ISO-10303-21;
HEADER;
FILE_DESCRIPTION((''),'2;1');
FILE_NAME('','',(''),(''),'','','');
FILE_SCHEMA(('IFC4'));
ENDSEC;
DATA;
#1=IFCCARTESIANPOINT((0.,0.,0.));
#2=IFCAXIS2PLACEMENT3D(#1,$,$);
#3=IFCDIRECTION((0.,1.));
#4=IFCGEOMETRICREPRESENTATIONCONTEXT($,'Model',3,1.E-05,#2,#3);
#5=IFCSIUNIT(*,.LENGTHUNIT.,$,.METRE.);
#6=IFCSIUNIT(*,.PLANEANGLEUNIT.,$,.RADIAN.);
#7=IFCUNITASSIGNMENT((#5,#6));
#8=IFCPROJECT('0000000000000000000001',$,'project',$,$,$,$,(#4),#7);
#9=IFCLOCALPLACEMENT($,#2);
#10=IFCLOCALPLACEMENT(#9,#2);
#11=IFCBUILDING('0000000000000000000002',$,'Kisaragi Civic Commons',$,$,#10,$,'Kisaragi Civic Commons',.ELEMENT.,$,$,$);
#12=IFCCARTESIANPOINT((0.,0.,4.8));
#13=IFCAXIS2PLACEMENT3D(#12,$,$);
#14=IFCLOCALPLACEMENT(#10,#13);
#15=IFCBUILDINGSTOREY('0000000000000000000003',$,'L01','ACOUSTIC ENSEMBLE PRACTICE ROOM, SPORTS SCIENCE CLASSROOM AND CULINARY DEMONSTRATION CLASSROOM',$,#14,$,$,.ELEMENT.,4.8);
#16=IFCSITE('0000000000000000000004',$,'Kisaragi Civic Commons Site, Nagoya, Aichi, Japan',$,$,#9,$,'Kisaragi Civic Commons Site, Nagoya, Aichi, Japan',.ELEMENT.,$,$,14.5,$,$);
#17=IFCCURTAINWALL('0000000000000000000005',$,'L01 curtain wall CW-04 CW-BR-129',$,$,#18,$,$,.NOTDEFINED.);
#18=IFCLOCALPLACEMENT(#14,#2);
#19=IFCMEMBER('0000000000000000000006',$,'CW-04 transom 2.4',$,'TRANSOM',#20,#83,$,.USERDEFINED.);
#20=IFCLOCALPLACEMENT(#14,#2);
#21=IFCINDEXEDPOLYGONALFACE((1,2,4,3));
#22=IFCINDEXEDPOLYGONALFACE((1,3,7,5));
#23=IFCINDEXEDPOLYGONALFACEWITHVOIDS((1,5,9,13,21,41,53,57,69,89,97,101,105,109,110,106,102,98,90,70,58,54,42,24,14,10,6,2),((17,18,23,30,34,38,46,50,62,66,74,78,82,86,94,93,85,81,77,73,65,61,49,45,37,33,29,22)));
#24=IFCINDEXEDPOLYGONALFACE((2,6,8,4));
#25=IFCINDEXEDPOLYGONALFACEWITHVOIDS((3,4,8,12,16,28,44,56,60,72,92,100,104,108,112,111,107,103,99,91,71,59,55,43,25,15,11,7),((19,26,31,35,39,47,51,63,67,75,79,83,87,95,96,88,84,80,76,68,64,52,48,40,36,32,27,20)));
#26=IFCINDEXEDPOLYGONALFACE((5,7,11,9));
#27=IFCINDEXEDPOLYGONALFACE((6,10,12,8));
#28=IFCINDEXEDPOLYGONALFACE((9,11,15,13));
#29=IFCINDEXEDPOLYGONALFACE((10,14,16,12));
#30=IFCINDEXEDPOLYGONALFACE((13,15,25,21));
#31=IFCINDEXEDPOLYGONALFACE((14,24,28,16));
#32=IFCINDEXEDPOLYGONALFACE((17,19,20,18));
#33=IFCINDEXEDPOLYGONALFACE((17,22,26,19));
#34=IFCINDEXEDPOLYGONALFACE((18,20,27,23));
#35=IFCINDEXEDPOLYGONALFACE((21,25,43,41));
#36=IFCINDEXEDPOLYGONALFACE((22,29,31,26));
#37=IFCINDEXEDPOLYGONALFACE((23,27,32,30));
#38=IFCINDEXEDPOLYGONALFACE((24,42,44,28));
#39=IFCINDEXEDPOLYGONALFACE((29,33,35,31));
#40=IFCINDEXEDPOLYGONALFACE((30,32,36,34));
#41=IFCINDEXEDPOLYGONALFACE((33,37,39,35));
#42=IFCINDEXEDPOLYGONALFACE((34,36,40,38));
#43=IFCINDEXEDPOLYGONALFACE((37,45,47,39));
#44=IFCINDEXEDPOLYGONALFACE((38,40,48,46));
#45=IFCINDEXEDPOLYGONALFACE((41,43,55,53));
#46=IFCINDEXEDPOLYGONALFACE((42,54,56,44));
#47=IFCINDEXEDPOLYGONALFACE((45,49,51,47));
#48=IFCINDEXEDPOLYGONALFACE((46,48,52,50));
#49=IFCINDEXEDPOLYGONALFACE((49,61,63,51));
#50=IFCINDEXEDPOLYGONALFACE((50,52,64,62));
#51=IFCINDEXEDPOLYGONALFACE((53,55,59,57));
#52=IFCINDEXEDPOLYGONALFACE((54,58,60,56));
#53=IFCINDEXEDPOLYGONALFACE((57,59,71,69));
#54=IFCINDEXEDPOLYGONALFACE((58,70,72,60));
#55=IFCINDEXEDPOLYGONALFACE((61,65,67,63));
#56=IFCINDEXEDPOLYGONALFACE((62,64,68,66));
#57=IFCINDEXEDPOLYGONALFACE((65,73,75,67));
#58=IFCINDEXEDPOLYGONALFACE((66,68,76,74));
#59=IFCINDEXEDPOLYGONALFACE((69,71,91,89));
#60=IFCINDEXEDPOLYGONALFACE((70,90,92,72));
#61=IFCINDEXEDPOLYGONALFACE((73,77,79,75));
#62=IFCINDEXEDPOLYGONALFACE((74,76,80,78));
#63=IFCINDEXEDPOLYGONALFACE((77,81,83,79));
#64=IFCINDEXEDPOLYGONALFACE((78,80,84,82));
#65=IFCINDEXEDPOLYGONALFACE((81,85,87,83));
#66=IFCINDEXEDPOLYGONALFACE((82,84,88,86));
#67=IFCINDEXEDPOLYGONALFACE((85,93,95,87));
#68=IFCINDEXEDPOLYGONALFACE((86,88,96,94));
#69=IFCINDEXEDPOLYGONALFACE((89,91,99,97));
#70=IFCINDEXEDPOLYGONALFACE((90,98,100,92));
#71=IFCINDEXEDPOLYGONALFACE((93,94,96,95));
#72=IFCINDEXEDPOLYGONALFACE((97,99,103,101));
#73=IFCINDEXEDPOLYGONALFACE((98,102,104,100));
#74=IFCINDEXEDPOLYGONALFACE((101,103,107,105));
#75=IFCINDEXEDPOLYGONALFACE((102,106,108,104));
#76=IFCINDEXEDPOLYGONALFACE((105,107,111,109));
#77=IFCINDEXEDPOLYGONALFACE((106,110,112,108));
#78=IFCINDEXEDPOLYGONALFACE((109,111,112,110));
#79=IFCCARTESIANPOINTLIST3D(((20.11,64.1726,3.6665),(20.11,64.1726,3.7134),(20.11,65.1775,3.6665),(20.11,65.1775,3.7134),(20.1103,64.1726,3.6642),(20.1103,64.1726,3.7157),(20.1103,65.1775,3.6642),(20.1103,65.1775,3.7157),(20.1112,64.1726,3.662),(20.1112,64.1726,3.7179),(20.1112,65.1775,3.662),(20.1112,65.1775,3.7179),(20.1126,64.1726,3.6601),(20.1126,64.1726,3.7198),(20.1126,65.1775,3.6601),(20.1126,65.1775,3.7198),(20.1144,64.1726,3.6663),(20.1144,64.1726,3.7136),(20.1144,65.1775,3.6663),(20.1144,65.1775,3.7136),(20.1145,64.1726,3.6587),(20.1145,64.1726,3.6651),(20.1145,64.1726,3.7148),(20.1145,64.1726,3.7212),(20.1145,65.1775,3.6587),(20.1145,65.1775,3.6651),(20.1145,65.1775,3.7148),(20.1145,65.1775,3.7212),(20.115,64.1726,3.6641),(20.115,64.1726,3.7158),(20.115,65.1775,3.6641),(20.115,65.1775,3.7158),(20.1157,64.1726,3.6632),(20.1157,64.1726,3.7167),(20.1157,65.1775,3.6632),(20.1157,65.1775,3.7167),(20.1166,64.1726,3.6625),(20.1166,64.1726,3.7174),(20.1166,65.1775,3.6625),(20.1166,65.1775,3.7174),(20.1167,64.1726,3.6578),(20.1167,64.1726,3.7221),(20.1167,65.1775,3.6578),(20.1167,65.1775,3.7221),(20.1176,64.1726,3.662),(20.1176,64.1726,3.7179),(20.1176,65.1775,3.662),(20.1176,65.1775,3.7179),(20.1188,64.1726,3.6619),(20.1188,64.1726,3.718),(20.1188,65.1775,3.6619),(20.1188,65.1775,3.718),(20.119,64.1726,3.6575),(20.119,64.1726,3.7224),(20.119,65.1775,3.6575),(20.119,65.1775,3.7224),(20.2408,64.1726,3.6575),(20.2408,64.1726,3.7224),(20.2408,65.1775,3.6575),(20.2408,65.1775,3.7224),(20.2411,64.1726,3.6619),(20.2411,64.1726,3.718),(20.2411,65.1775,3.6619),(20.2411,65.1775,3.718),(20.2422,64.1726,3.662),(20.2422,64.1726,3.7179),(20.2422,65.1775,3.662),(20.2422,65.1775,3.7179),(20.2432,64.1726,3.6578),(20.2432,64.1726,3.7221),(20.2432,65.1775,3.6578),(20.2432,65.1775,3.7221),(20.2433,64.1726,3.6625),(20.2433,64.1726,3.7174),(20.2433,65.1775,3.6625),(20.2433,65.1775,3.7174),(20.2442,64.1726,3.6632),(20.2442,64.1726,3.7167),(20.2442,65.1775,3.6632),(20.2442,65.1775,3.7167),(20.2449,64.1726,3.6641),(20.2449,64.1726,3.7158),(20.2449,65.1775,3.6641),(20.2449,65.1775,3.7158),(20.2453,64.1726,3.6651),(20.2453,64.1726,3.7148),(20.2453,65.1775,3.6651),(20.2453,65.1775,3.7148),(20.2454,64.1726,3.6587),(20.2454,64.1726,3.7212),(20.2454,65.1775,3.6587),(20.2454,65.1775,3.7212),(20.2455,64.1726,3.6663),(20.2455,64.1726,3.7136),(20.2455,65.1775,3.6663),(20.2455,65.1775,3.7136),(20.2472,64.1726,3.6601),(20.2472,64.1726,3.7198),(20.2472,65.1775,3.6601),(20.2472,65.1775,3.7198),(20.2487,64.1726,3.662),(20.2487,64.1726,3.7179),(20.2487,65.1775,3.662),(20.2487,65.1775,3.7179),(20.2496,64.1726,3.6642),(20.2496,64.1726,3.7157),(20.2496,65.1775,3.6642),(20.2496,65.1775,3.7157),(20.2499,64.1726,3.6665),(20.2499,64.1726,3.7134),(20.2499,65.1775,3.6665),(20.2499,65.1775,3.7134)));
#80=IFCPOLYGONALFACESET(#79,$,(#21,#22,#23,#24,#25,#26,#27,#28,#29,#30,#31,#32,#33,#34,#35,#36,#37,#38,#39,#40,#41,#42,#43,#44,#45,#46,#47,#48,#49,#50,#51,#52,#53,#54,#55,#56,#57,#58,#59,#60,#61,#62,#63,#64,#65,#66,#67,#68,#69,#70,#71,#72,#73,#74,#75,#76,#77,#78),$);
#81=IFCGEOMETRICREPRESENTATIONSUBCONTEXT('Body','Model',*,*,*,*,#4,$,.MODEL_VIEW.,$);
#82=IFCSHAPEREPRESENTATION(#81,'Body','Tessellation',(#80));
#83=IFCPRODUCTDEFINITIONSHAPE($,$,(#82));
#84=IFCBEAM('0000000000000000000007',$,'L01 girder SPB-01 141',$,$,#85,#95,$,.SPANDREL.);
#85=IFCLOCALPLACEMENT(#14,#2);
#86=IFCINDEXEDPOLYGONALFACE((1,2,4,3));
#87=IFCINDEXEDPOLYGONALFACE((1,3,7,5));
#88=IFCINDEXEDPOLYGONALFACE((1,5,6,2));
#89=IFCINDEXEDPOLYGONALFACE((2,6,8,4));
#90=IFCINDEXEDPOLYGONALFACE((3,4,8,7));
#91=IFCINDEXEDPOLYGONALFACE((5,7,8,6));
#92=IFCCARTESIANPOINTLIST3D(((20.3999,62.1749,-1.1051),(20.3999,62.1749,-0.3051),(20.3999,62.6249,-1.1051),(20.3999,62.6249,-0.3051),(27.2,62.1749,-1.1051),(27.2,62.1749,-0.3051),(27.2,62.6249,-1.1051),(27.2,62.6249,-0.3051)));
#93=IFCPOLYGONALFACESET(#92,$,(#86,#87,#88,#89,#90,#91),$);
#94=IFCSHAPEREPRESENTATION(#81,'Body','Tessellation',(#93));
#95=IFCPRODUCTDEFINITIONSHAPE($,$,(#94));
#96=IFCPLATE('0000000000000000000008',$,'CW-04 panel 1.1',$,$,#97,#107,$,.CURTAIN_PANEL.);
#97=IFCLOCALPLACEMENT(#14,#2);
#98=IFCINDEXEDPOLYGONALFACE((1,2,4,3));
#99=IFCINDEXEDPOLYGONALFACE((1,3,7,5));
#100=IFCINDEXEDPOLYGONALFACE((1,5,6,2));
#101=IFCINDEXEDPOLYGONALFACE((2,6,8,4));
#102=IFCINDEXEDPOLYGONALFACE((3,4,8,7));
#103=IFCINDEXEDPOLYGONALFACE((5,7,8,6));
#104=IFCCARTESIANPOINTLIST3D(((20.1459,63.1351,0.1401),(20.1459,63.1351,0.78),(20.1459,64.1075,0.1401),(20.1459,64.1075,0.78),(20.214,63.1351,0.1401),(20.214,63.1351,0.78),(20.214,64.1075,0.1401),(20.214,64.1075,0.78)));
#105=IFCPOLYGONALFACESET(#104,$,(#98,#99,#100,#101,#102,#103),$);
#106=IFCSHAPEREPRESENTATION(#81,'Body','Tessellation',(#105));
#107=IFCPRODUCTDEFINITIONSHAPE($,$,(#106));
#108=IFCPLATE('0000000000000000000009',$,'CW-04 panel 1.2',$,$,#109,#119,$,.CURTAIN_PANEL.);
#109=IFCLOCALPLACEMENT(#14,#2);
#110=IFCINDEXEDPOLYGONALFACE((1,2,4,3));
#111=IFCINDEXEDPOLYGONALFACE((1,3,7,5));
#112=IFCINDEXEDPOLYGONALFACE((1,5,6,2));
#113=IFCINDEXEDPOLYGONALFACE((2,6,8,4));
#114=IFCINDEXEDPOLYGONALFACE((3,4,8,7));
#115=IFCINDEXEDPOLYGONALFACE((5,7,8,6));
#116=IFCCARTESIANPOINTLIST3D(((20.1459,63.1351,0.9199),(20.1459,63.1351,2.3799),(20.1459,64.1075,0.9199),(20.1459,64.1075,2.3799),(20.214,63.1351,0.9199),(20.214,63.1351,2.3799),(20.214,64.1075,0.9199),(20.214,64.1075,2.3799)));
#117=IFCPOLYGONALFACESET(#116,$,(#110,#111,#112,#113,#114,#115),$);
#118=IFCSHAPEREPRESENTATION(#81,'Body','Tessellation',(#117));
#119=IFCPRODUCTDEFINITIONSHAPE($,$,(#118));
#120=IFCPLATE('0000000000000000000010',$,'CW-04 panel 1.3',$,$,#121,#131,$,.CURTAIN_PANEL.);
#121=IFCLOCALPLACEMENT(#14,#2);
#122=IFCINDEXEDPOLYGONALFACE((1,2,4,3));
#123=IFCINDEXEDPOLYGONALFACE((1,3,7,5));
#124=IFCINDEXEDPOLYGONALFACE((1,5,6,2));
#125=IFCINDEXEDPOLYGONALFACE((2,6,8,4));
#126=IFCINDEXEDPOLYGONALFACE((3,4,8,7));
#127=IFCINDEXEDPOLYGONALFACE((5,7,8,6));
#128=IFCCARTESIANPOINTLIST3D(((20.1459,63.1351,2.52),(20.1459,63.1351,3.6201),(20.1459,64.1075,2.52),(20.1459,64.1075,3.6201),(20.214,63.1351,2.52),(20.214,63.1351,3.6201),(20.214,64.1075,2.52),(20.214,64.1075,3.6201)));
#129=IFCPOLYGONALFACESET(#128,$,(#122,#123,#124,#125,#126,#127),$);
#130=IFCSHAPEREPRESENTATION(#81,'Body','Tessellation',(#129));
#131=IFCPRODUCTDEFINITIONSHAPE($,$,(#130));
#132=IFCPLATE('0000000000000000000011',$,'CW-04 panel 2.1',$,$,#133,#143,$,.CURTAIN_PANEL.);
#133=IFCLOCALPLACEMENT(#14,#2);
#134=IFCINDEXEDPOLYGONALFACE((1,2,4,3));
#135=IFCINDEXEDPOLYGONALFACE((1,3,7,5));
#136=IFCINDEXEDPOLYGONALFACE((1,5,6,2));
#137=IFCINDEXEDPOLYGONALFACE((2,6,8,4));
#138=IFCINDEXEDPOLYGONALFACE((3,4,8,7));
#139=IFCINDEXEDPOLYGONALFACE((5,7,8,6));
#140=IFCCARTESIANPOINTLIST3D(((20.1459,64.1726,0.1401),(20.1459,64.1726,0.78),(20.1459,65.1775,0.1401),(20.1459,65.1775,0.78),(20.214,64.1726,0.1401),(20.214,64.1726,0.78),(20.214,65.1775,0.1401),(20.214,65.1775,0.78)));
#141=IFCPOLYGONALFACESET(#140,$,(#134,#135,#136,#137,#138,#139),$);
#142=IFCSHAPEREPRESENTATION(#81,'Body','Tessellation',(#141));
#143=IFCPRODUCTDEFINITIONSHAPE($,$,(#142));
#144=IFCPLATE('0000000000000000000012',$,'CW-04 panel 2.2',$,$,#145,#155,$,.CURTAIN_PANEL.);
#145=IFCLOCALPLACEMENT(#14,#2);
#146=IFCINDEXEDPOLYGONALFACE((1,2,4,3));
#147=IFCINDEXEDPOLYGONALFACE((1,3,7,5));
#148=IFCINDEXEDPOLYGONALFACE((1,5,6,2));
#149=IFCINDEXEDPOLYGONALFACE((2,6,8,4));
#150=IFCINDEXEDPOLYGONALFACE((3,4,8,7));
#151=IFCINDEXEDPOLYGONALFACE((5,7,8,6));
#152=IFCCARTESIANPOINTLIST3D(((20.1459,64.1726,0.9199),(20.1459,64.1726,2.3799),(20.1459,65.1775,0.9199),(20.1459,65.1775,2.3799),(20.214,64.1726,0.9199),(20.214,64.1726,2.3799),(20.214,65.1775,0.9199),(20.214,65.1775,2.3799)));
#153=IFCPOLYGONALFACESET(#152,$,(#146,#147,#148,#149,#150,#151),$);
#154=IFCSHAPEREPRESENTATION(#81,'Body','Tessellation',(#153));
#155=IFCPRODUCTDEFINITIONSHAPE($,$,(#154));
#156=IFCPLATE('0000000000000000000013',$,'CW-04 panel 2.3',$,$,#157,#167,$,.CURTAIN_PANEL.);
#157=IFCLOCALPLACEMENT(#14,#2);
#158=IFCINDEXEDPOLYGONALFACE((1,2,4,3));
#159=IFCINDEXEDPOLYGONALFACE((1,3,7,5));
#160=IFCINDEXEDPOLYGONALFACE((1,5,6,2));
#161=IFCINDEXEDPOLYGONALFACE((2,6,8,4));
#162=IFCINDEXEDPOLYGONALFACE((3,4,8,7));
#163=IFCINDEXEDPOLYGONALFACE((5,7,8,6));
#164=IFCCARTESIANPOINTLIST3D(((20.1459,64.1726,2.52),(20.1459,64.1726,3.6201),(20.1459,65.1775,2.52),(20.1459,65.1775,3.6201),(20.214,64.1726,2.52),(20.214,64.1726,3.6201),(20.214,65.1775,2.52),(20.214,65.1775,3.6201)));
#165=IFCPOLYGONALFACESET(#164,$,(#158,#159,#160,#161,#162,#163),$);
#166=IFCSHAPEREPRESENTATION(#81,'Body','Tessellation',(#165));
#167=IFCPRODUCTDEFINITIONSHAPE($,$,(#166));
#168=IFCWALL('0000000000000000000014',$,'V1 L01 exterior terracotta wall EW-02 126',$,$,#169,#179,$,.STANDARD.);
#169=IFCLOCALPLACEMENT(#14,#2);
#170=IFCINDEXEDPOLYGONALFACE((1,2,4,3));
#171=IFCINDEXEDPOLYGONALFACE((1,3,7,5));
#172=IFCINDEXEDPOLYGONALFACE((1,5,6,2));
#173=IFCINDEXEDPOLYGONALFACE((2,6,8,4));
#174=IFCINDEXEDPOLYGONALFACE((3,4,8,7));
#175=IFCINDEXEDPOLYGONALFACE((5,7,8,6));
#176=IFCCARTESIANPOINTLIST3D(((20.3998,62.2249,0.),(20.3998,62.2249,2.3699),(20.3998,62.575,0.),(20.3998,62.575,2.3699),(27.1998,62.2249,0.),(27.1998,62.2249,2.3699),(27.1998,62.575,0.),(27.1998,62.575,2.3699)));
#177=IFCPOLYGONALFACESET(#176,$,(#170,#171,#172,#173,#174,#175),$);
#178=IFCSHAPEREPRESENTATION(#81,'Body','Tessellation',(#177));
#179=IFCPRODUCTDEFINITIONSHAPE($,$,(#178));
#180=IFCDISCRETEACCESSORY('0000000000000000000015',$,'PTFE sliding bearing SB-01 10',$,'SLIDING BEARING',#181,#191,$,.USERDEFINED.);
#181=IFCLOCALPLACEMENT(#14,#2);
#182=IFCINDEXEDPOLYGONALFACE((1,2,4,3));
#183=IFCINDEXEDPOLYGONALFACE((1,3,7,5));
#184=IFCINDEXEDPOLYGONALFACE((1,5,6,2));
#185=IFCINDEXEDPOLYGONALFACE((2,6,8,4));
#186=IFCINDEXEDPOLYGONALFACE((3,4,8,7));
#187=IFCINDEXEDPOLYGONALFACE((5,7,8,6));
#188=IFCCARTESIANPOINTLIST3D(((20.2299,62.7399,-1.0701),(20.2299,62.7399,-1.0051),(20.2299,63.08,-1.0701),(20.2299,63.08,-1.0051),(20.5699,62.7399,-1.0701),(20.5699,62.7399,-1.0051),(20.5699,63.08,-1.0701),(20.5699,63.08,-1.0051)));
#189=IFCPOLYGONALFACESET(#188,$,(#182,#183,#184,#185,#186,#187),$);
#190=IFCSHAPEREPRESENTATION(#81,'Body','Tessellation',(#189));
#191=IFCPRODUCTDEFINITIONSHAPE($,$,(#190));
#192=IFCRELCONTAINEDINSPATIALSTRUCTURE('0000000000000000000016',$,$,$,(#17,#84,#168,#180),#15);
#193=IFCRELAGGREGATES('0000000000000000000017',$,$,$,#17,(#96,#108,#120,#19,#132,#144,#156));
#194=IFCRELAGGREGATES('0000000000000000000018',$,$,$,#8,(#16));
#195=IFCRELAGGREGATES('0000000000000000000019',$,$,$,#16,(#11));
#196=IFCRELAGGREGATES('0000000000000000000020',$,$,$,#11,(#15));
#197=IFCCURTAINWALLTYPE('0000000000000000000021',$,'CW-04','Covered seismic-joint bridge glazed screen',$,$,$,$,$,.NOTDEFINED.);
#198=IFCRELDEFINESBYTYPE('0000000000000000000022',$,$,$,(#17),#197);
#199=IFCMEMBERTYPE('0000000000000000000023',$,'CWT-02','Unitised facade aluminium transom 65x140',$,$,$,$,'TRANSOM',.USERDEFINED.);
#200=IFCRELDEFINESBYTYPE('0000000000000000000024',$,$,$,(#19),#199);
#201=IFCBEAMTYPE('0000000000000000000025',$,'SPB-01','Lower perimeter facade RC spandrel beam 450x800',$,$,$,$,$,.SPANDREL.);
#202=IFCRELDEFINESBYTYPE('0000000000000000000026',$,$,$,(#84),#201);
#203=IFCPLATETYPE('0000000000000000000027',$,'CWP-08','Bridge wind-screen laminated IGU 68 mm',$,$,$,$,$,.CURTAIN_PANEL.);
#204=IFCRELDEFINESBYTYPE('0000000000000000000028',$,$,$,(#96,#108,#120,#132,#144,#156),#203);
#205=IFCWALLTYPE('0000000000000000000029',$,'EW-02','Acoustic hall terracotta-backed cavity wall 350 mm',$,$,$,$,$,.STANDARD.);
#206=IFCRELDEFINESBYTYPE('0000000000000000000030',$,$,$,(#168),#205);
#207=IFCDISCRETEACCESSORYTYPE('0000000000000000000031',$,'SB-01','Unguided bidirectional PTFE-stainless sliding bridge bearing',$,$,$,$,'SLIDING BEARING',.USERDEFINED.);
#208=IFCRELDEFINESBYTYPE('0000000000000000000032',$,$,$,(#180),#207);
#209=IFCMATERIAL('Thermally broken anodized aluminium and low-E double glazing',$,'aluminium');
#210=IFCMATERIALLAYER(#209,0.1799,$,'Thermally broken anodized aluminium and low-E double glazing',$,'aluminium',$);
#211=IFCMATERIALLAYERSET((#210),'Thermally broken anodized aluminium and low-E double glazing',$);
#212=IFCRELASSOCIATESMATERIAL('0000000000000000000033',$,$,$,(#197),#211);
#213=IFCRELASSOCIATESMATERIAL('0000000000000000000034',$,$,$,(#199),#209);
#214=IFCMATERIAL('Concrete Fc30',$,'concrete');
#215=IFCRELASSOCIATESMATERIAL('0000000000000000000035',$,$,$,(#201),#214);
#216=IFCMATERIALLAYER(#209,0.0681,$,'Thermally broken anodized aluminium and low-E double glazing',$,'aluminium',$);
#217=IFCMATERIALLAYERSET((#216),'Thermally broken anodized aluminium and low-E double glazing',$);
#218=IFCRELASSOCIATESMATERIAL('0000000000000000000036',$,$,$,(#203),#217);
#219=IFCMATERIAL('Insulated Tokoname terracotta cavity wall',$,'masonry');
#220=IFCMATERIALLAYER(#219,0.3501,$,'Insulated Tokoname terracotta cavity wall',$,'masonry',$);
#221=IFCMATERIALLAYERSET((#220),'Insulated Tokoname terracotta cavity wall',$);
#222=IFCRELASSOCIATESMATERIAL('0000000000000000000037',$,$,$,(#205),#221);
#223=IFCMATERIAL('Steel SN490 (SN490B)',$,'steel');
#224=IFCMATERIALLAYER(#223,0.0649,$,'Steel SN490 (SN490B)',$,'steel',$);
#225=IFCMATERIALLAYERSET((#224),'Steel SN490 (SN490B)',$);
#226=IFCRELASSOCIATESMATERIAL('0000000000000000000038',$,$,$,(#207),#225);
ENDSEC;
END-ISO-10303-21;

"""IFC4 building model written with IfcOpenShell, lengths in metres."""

from ifc_helpers import new_model, si_unit, direction, frame, frame_2d, origin, origin_2d, place, context, subcontext, project, spatial, rectangle, hollow_rectangle, extrude, material, layer, layer_set, material_profile, profile_set, type_object, element, aggregate, save


model = new_model("IFC4")

# Units and contexts
model_context = context("Model", 3, precision=1e-05, world=origin(), true_north=direction((0.0, 1.0)))
body_context = subcontext(model_context, "Body", "Model", "MODEL_VIEW")
ifc_project = project(units=[si_unit("LENGTHUNIT", "METRE"), si_unit("PLANEANGLEUNIT", "RADIAN")], contexts=[model_context])

# Site, building, storey
site_placement = place(None, origin())
site = spatial("IfcSite", under=ifc_project, at=site_placement, Name="Kisaragi Civic Commons Site, Nagoya, Aichi, Japan", LongName="Kisaragi Civic Commons Site, Nagoya, Aichi, Japan", CompositionType="ELEMENT", RefElevation=14.5)
building_placement = place(site_placement, origin())
building = spatial("IfcBuilding", under=site, at=building_placement, Name="Kisaragi Civic Commons", LongName="Kisaragi Civic Commons", CompositionType="ELEMENT")
storey_placement = place(building_placement, frame((0.0, 0.0, 4.8)))
storey = spatial("IfcBuildingStorey", under=building, at=storey_placement, Name="L01", Description="ACOUSTIC ENSEMBLE PRACTICE ROOM, SPORTS SCIENCE CLASSROOM AND CULINARY DEMONSTRATION CLASSROOM", CompositionType="ELEMENT", Elevation=4.8)

# Curtain wall, member
ifc_material_1 = material(Name="Thermally broken anodized aluminium and low-E double glazing", Category="aluminium")
ifc_layer_1 = layer(ifc_material_1, 0.1799, Name="Thermally broken anodized aluminium and low-E double glazing", Category="aluminium")
ifc_layer_set_1 = layer_set([ifc_layer_1], Name="Thermally broken anodized aluminium and low-E double glazing")
curtain_wall_type = type_object("IfcCurtainWallType", Name="CW-04", Description="Covered seismic-joint bridge glazed screen", PredefinedType="NOTDEFINED", material=ifc_layer_set_1)
curtain_wall_placement = place(storey_placement, origin())
curtain_wall = element("IfcCurtainWall", 1, at=curtain_wall_placement, inside=storey, type_object=curtain_wall_type, Name="L01 curtain wall CW-04 CW-BR-129", PredefinedType="NOTDEFINED")
ifc_material_profile_1 = material_profile(ifc_material_1, hollow_rectangle(XDim=0.1399, YDim=0.0649, WallThickness=0.0044, InnerFilletRadius=0.0044, OuterFilletRadius=0.009, at=origin_2d()), Name="CWT-65x140x4.5", Category="aluminium")
ifc_profile_set_1 = profile_set([ifc_material_profile_1], Name="Thermally broken anodized aluminium and low-E double glazing")
member_type_1 = type_object("IfcMemberType", Name="CWT-02", Description="Unitised facade aluminium transom 65x140", ElementType="TRANSOM", PredefinedType="USERDEFINED", material=ifc_profile_set_1)
member_1_placement = place(storey_placement, frame((20.1799, 64.1726, 3.6899), z_axis=(0.0, 1.0, 0.0), x_axis=(-1.0, 0.0, 0.0)))
member_1 = element("IfcMember", 2, at=member_1_placement, type_object=member_type_1, Name="CW-04 transom 2.4", ObjectType="TRANSOM", PredefinedType="USERDEFINED", context=body_context, shape_type="SweptSolid", body=[
    extrude(hollow_rectangle(XDim=0.1399, YDim=0.0649, WallThickness=0.0044, InnerFilletRadius=0.0044, OuterFilletRadius=0.009, at=origin_2d()), origin(), (0.0, 0.0, 1.0), 1.0049),
])

# Beam
ifc_material_2 = material(Name="Concrete Fc30", Category="concrete")
ifc_material_profile_2 = material_profile(ifc_material_2, rectangle(XDim=0.45, YDim=0.8, at=origin_2d()), Name="RC-450x800", Category="concrete")
ifc_profile_set_2 = profile_set([ifc_material_profile_2], Name="Concrete Fc30")
beam_type_1 = type_object("IfcBeamType", Name="SPB-01", Description="Lower perimeter facade RC spandrel beam 450x800", PredefinedType="SPANDREL", material=ifc_profile_set_2)
beam_1_placement = place(storey_placement, frame((20.3999, 62.3999, -0.7051), z_axis=(1.0, 0.0, 0.0), x_axis=(0.0, 1.0, 0.0)))
element("IfcBeam", 3, at=beam_1_placement, inside=storey, type_object=beam_type_1, Name="L01 girder SPB-01 141", PredefinedType="SPANDREL", context=body_context, shape_type="SweptSolid", body=[
    extrude(rectangle(XDim=0.45, YDim=0.8, at=origin_2d()), origin(), (0.0, 0.0, 1.0), 6.8),
])

# Plates
ifc_layer_2 = layer(ifc_material_1, 0.0681, Name="Thermally broken anodized aluminium and low-E double glazing", Category="aluminium")
ifc_layer_set_2 = layer_set([ifc_layer_2], Name="Thermally broken anodized aluminium and low-E double glazing")
plate_type = type_object("IfcPlateType", Name="CWP-08", Description="Bridge wind-screen laminated IGU 68 mm", PredefinedType="CURTAIN_PANEL", material=ifc_layer_set_2)
plate_1_placement = place(storey_placement, frame((20.1799, 63.6213, 0.1401), z_axis=(0.0, 0.0, 1.0), x_axis=(0.0, 1.0, 0.0)))
plate_1 = element("IfcPlate", 4, at=plate_1_placement, type_object=plate_type, Name="CW-04 panel 1.1", PredefinedType="CURTAIN_PANEL", context=body_context, shape_type="SweptSolid", body=[
    extrude(rectangle(XDim=0.9724, YDim=0.0681, at=origin_2d()), origin(), (0.0, 0.0, 1.0), 0.6399),
])
plate_2_placement = place(storey_placement, frame((20.1799, 63.6213, 0.9199), z_axis=(0.0, 0.0, 1.0), x_axis=(0.0, 1.0, 0.0)))
plate_2 = element("IfcPlate", 5, at=plate_2_placement, type_object=plate_type, Name="CW-04 panel 1.2", PredefinedType="CURTAIN_PANEL", context=body_context, shape_type="SweptSolid", body=[
    extrude(rectangle(XDim=0.9724, YDim=0.0681, at=origin_2d()), origin(), (0.0, 0.0, 1.0), 1.46),
])
plate_3_placement = place(storey_placement, frame((20.1799, 63.6213, 2.52), z_axis=(0.0, 0.0, 1.0), x_axis=(0.0, 1.0, 0.0)))
plate_3 = element("IfcPlate", 6, at=plate_3_placement, type_object=plate_type, Name="CW-04 panel 1.3", PredefinedType="CURTAIN_PANEL", context=body_context, shape_type="SweptSolid", body=[
    extrude(rectangle(XDim=0.9724, YDim=0.0681, at=origin_2d()), origin(), (0.0, 0.0, 1.0), 1.1001),
])
plate_4_placement = place(storey_placement, frame((20.1799, 64.675, 0.1401), z_axis=(0.0, 0.0, 1.0), x_axis=(0.0, 1.0, 0.0)))
plate_4 = element("IfcPlate", 7, at=plate_4_placement, type_object=plate_type, Name="CW-04 panel 2.1", PredefinedType="CURTAIN_PANEL", context=body_context, shape_type="SweptSolid", body=[
    extrude(rectangle(XDim=1.0049, YDim=0.0681, at=origin_2d()), origin(), (0.0, 0.0, 1.0), 0.6399),
])
plate_5_placement = place(storey_placement, frame((20.1799, 64.675, 0.9199), z_axis=(0.0, 0.0, 1.0), x_axis=(0.0, 1.0, 0.0)))
plate_5 = element("IfcPlate", 8, at=plate_5_placement, type_object=plate_type, Name="CW-04 panel 2.2", PredefinedType="CURTAIN_PANEL", context=body_context, shape_type="SweptSolid", body=[
    extrude(rectangle(XDim=1.0049, YDim=0.0681, at=origin_2d()), origin(), (0.0, 0.0, 1.0), 1.46),
])
plate_6_placement = place(storey_placement, frame((20.1799, 64.675, 2.52), z_axis=(0.0, 0.0, 1.0), x_axis=(0.0, 1.0, 0.0)))
plate_6 = element("IfcPlate", 9, at=plate_6_placement, type_object=plate_type, Name="CW-04 panel 2.3", PredefinedType="CURTAIN_PANEL", context=body_context, shape_type="SweptSolid", body=[
    extrude(rectangle(XDim=1.0049, YDim=0.0681, at=origin_2d()), origin(), (0.0, 0.0, 1.0), 1.1001),
])
aggregate(curtain_wall, [plate_1, plate_2, plate_3, member_1, plate_4, plate_5, plate_6])

# Wall
ifc_material_3 = material(Name="Insulated Tokoname terracotta cavity wall", Category="masonry")
ifc_layer_3 = layer(ifc_material_3, 0.3501, Name="Insulated Tokoname terracotta cavity wall", Category="masonry")
ifc_layer_set_3 = layer_set([ifc_layer_3], Name="Insulated Tokoname terracotta cavity wall")
wall_type = type_object("IfcWallType", Name="EW-02", Description="Acoustic hall terracotta-backed cavity wall 350 mm", PredefinedType="STANDARD", material=ifc_layer_set_3)
wall_placement = place(storey_placement, frame((20.3999, 62.3999, 0.0), z_axis=(0.0, 0.0, 1.0), x_axis=(1.0, 0.0, 0.0)))
element("IfcWall", 10, at=wall_placement, inside=storey, type_object=wall_type, Name="V1 L01 exterior terracotta wall EW-02 126", PredefinedType="STANDARD", context=body_context, shape_type="SweptSolid", body=[
    extrude(rectangle(XDim=6.8, YDim=0.3501, at=frame_2d((3.3999, 0.0))), origin(), (0.0, 0.0, 1.0), 2.3699),
])

# Discrete accessory
ifc_material_4 = material(Name="Steel SN490 (SN490B)", Category="steel")
ifc_layer_4 = layer(ifc_material_4, 0.0649, Name="Steel SN490 (SN490B)", Category="steel")
ifc_layer_set_4 = layer_set([ifc_layer_4], Name="Steel SN490 (SN490B)")
discrete_accessory_type = type_object("IfcDiscreteAccessoryType", Name="SB-01", Description="Unguided bidirectional PTFE-stainless sliding bridge bearing", ElementType="SLIDING BEARING", PredefinedType="USERDEFINED", material=ifc_layer_set_4)
discrete_accessory_placement = place(storey_placement, frame((20.3999, 62.9099, -1.0701), z_axis=(0.0, 0.0, 1.0), x_axis=(1.0, 0.0, 0.0)))
element("IfcDiscreteAccessory", 11, at=discrete_accessory_placement, inside=storey, type_object=discrete_accessory_type, Name="PTFE sliding bearing SB-01 10", ObjectType="SLIDING BEARING", PredefinedType="USERDEFINED", context=body_context, shape_type="SweptSolid", body=[
    extrude(rectangle(XDim=0.3401, YDim=0.3401, at=origin_2d()), origin(), (0.0, 0.0, 1.0), 0.0649),
])

save(model, "model.ifc")
